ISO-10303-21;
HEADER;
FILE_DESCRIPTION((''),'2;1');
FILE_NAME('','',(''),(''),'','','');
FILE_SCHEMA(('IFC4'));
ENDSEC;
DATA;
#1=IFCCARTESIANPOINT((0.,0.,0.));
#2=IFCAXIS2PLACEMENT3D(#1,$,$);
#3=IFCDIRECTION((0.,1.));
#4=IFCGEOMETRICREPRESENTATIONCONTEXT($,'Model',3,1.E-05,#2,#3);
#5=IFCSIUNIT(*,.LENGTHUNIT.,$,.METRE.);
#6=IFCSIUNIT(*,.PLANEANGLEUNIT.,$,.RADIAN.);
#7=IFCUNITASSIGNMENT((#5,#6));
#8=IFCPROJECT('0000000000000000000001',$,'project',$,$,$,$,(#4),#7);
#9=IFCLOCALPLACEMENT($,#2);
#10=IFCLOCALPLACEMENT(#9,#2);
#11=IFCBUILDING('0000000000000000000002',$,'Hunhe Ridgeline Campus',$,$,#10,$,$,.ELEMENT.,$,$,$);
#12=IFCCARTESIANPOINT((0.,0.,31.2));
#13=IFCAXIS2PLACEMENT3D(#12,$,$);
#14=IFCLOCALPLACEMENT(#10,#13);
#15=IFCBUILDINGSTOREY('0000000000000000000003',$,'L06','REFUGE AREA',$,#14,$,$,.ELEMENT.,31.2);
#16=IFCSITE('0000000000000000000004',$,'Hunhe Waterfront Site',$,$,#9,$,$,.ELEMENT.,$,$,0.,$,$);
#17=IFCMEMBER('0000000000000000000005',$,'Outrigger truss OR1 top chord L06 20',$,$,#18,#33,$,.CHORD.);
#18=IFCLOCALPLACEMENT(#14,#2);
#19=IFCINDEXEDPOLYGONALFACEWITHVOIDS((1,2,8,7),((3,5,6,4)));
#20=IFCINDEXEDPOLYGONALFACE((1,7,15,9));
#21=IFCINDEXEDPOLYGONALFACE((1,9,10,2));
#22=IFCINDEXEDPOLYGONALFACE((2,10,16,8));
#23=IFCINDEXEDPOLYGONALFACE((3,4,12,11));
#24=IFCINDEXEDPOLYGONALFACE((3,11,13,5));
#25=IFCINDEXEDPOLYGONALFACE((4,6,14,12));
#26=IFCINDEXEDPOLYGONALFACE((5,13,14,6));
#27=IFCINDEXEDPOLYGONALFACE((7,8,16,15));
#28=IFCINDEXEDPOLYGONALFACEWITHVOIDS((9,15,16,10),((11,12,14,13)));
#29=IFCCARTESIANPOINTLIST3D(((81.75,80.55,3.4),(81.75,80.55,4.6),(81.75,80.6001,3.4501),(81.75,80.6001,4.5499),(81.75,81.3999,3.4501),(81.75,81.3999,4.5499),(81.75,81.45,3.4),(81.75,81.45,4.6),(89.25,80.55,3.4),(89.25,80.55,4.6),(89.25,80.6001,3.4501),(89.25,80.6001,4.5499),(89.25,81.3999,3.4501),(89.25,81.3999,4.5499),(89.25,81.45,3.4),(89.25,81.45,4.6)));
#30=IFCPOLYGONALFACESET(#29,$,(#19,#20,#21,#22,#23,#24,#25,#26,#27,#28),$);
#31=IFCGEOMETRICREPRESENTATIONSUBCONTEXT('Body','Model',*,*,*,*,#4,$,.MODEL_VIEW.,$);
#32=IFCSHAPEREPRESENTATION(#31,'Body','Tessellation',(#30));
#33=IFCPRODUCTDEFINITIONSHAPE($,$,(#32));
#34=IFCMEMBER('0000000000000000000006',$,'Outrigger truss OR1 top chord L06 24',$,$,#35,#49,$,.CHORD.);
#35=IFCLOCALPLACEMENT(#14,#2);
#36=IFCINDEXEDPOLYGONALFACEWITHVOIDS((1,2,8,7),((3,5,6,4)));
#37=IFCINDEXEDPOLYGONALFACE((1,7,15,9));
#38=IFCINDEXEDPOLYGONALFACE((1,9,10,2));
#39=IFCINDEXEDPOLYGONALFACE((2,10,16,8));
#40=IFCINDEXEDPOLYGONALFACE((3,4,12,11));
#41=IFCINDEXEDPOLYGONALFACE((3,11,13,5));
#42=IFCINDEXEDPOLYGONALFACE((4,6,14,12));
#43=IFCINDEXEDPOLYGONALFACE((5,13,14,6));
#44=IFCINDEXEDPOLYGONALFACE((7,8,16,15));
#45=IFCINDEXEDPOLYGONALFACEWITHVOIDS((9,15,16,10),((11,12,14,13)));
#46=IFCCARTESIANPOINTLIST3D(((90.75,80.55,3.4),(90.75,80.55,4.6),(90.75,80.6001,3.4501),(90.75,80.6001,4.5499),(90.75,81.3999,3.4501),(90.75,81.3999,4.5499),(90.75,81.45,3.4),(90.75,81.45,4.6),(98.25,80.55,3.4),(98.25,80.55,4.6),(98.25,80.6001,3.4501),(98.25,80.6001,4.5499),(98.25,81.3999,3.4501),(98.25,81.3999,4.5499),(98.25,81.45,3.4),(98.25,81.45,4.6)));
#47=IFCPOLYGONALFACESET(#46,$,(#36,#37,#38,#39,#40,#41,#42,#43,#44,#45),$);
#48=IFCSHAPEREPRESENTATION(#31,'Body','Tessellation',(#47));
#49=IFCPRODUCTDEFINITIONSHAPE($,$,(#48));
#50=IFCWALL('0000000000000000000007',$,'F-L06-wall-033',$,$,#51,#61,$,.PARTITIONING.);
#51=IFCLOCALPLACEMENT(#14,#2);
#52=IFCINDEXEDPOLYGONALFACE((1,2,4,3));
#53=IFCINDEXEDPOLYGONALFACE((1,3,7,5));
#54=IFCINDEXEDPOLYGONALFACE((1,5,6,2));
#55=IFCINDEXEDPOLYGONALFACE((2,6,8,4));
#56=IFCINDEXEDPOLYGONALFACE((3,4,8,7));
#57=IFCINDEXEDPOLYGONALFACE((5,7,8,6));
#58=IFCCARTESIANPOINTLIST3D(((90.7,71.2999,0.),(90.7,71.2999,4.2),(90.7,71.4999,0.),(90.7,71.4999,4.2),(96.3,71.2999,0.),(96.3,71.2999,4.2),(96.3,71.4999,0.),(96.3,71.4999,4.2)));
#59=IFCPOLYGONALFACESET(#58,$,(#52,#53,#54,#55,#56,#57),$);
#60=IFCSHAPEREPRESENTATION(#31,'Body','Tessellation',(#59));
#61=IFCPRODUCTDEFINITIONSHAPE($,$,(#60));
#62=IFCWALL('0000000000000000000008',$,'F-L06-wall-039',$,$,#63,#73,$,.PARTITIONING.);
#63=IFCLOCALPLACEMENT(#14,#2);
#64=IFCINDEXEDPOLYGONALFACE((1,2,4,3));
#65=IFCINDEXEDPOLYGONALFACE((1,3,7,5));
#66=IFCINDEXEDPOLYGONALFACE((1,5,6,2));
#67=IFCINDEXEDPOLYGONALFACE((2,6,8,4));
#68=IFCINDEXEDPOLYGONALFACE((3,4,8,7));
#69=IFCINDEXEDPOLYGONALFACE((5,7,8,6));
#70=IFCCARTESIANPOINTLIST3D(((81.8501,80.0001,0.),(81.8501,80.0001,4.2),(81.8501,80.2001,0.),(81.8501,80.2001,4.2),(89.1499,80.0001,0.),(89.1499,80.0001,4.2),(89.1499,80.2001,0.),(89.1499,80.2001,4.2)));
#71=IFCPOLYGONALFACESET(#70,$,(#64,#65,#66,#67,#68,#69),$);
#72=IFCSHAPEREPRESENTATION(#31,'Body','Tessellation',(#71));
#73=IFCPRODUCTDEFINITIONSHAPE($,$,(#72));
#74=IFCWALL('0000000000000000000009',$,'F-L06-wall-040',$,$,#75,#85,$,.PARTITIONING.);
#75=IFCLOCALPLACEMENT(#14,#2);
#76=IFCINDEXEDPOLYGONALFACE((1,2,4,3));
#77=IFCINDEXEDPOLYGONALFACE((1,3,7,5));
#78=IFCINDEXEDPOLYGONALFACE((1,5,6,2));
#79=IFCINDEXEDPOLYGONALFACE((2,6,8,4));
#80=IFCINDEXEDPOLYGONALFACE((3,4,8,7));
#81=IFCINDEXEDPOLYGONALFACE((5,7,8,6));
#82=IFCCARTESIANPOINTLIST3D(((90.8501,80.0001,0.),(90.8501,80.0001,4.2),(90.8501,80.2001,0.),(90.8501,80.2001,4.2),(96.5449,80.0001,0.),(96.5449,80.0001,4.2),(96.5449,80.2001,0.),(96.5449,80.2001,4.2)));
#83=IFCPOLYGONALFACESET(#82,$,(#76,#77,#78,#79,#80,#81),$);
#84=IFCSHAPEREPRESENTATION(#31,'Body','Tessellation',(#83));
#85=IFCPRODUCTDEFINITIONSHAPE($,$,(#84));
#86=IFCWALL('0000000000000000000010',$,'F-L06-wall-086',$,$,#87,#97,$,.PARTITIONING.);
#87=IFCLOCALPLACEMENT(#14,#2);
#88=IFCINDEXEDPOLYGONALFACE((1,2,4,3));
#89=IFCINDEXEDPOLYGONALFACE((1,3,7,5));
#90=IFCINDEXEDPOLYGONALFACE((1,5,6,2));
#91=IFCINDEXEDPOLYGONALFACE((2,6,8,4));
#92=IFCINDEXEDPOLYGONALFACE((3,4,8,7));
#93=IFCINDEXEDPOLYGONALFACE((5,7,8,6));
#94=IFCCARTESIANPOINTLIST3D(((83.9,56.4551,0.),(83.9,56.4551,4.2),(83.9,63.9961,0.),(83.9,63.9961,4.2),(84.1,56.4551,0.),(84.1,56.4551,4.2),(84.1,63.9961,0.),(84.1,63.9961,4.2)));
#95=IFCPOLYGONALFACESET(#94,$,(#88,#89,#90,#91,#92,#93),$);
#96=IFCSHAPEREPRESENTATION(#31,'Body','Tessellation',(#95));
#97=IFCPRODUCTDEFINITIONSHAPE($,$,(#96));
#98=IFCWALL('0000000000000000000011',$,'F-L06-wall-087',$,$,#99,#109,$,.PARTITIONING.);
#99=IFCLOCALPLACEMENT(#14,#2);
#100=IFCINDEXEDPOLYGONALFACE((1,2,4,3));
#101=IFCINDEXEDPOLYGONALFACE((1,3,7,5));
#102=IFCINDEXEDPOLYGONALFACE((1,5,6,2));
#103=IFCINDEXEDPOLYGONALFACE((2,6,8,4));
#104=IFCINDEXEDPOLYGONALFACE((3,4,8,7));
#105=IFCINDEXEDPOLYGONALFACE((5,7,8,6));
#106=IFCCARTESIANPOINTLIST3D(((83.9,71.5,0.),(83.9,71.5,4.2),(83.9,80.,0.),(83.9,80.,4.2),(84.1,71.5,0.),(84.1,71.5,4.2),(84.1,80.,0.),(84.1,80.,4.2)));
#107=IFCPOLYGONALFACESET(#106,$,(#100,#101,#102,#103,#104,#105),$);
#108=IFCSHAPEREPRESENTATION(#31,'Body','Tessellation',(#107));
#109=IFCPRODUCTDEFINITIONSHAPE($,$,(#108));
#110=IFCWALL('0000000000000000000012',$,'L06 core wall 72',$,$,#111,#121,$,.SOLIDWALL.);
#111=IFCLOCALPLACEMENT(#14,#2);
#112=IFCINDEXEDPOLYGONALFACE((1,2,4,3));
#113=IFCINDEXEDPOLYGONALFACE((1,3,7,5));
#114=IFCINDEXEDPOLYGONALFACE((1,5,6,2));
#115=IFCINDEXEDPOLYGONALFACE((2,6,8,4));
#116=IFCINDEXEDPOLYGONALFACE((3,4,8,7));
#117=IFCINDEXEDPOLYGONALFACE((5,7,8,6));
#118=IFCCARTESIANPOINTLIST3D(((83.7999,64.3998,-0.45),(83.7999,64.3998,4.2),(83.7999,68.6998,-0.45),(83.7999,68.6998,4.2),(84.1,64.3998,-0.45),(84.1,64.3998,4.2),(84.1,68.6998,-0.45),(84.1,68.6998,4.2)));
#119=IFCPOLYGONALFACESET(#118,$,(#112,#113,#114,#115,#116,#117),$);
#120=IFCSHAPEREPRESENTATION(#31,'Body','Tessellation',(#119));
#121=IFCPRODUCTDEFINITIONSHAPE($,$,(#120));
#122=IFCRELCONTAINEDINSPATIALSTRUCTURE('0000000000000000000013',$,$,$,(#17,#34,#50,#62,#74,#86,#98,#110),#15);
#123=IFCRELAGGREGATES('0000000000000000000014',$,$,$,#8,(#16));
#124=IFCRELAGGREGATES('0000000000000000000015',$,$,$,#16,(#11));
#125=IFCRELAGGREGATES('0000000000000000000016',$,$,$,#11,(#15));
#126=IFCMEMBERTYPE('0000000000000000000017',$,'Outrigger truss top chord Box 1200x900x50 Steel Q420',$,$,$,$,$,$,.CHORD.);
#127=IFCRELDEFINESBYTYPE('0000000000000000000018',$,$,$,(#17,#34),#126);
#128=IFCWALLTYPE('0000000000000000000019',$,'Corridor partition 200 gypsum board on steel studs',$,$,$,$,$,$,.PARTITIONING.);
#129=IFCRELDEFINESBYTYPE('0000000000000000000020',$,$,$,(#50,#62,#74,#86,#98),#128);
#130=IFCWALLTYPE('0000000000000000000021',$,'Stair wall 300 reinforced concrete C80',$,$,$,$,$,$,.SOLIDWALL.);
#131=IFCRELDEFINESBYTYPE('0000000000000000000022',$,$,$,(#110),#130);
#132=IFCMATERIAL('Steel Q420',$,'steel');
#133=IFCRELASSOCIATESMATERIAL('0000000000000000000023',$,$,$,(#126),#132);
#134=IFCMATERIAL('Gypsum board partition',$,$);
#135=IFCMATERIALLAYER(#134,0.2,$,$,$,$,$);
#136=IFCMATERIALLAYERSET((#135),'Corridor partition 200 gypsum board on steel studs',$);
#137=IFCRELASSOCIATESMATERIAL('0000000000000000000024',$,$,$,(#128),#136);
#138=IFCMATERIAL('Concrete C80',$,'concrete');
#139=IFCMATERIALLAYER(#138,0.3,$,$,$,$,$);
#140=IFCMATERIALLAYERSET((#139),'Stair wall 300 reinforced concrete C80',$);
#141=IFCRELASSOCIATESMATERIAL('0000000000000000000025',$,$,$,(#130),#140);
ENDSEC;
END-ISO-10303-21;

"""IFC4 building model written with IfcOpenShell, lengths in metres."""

from ifc_helpers import new_model, si_unit, direction, frame, frame_2d, origin, origin_2d, place, context, subcontext, project, spatial, rectangle, hollow_rectangle, extrude, material, layer, layer_set, material_profile, profile_set, type_object, element, save


model = new_model("IFC4")

# Units and contexts
model_context = context("Model", 3, precision=1e-05, world=origin(), true_north=direction((0.0, 1.0)))
body_context = subcontext(model_context, "Body", "Model", "MODEL_VIEW")
ifc_project = project(units=[si_unit("LENGTHUNIT", "METRE"), si_unit("PLANEANGLEUNIT", "RADIAN")], contexts=[model_context])

# Site, building, storey
site_placement = place(None, origin())
site = spatial("IfcSite", under=ifc_project, at=site_placement, Name="Hunhe Waterfront Site", CompositionType="ELEMENT", RefElevation=0.0)
building_placement = place(site_placement, origin())
building = spatial("IfcBuilding", under=site, at=building_placement, Name="Hunhe Ridgeline Campus", CompositionType="ELEMENT")
storey_placement = place(building_placement, frame((0.0, 0.0, 31.2)))
storey = spatial("IfcBuildingStorey", under=building, at=storey_placement, Name="L06", Description="REFUGE AREA", CompositionType="ELEMENT", Elevation=31.2)

# Shared definitions
ifc_material_1 = material(Name="Concrete C80", Category="concrete")

# Members
ifc_material_2 = material(Name="Steel Q420", Category="steel")
ifc_material_profile_1 = material_profile(ifc_material_2, hollow_rectangle(XDim=0.8999, YDim=1.2, WallThickness=0.05, at=origin_2d()))
ifc_profile_set_1 = profile_set([ifc_material_profile_1], Name="Steel Q420")
member_type_1 = type_object("IfcMemberType", Name="Outrigger truss top chord Box 1200x900x50 Steel Q420", PredefinedType="CHORD", material=ifc_profile_set_1)
for number, where, z_axis, x_axis, name in (
    (1, (81.75, 81.0, 4.0), (1.0, 0.0, 0.0), (0.0, 1.0, 0.0), "Outrigger truss OR1 top chord L06 20"),
    (2, (90.75, 81.0, 4.0), (1.0, 0.0, 0.0), (0.0, 1.0, 0.0), "Outrigger truss OR1 top chord L06 24"),
):
    element("IfcMember", number, at=place(storey_placement, frame(where, z_axis=z_axis, x_axis=x_axis)), inside=storey, type_object=member_type_1, Name=name, PredefinedType="CHORD", context=body_context, shape_type="SweptSolid", body=[
        extrude(hollow_rectangle(XDim=0.8999, YDim=1.2, WallThickness=0.05, at=origin_2d()), origin(), (0.0, 0.0, 1.0), 7.5),
    ])

# Shared definitions
ifc_material_3 = material(Name="Gypsum board partition")
ifc_layer_1 = layer(ifc_material_3, 0.2)
ifc_layer_set_1 = layer_set([ifc_layer_1], Name="Corridor partition 200 gypsum board on steel studs")
wall_type_1 = type_object("IfcWallType", Name="Corridor partition 200 gypsum board on steel studs", PredefinedType="PARTITIONING", material=ifc_layer_set_1)

# Walls
wall_1_placement = place(storey_placement, frame((90.7, 71.3999, 0.0), z_axis=(0.0, 0.0, 1.0), x_axis=(1.0, 0.0, 0.0)))
element("IfcWall", 3, at=wall_1_placement, inside=storey, type_object=wall_type_1, Name="F-L06-wall-033", PredefinedType="PARTITIONING", context=body_context, shape_type="SweptSolid", body=[
    extrude(rectangle(XDim=5.6001, YDim=0.2, at=frame_2d((2.8, 0.0))), origin(), (0.0, 0.0, 1.0), 4.2),
])
wall_2_placement = place(storey_placement, frame((81.8501, 80.1001, 0.0), z_axis=(0.0, 0.0, 1.0), x_axis=(1.0, 0.0, 0.0)))
element("IfcWall", 4, at=wall_2_placement, inside=storey, type_object=wall_type_1, Name="F-L06-wall-039", PredefinedType="PARTITIONING", context=body_context, shape_type="SweptSolid", body=[
    extrude(rectangle(XDim=7.2998, YDim=0.2, at=frame_2d((3.6499, 0.0))), origin(), (0.0, 0.0, 1.0), 4.2),
])
wall_3_placement = place(storey_placement, frame((90.8501, 80.1001, 0.0), z_axis=(0.0, 0.0, 1.0), x_axis=(1.0, 0.0, 0.0)))
element("IfcWall", 5, at=wall_3_placement, inside=storey, type_object=wall_type_1, Name="F-L06-wall-040", PredefinedType="PARTITIONING", context=body_context, shape_type="SweptSolid", body=[
    extrude(rectangle(XDim=5.6948, YDim=0.2, at=frame_2d((2.8474, 0.0))), origin(), (0.0, 0.0, 1.0), 4.2),
])
wall_4_placement = place(storey_placement, frame((84.0, 63.9961, 0.0), z_axis=(0.0, 0.0, 1.0), x_axis=(0.0, -1.0, 0.0)))
element("IfcWall", 6, at=wall_4_placement, inside=storey, type_object=wall_type_1, Name="F-L06-wall-086", PredefinedType="PARTITIONING", context=body_context, shape_type="SweptSolid", body=[
    extrude(rectangle(XDim=7.541, YDim=0.2, at=frame_2d((3.7705, 0.0))), origin(), (0.0, 0.0, 1.0), 4.2),
])
wall_5_placement = place(storey_placement, frame((84.0, 80.0, 0.0), z_axis=(0.0, 0.0, 1.0), x_axis=(0.0, -1.0, 0.0)))
element("IfcWall", 7, at=wall_5_placement, inside=storey, type_object=wall_type_1, Name="F-L06-wall-087", PredefinedType="PARTITIONING", context=body_context, shape_type="SweptSolid", body=[
    extrude(rectangle(XDim=8.5, YDim=0.2, at=frame_2d((4.25, 0.0))), origin(), (0.0, 0.0, 1.0), 4.2),
])
ifc_layer_2 = layer(ifc_material_1, 0.3)
ifc_layer_set_2 = layer_set([ifc_layer_2], Name="Stair wall 300 reinforced concrete C80")
wall_type_2 = type_object("IfcWallType", Name="Stair wall 300 reinforced concrete C80", PredefinedType="SOLIDWALL", material=ifc_layer_set_2)
wall_6_placement = place(storey_placement, frame((83.95, 64.3999, -0.45), z_axis=(0.0, 0.0, 1.0), x_axis=(0.0, 1.0, 0.0)))
element("IfcWall", 8, at=wall_6_placement, inside=storey, type_object=wall_type_2, Name="L06 core wall 72", PredefinedType="SOLIDWALL", context=body_context, shape_type="SweptSolid", body=[
    extrude(rectangle(XDim=4.3, YDim=0.3, at=frame_2d((2.1499, 0.0))), origin(), (0.0, 0.0, 1.0), 4.6499),
])

save(model, "model.ifc")
